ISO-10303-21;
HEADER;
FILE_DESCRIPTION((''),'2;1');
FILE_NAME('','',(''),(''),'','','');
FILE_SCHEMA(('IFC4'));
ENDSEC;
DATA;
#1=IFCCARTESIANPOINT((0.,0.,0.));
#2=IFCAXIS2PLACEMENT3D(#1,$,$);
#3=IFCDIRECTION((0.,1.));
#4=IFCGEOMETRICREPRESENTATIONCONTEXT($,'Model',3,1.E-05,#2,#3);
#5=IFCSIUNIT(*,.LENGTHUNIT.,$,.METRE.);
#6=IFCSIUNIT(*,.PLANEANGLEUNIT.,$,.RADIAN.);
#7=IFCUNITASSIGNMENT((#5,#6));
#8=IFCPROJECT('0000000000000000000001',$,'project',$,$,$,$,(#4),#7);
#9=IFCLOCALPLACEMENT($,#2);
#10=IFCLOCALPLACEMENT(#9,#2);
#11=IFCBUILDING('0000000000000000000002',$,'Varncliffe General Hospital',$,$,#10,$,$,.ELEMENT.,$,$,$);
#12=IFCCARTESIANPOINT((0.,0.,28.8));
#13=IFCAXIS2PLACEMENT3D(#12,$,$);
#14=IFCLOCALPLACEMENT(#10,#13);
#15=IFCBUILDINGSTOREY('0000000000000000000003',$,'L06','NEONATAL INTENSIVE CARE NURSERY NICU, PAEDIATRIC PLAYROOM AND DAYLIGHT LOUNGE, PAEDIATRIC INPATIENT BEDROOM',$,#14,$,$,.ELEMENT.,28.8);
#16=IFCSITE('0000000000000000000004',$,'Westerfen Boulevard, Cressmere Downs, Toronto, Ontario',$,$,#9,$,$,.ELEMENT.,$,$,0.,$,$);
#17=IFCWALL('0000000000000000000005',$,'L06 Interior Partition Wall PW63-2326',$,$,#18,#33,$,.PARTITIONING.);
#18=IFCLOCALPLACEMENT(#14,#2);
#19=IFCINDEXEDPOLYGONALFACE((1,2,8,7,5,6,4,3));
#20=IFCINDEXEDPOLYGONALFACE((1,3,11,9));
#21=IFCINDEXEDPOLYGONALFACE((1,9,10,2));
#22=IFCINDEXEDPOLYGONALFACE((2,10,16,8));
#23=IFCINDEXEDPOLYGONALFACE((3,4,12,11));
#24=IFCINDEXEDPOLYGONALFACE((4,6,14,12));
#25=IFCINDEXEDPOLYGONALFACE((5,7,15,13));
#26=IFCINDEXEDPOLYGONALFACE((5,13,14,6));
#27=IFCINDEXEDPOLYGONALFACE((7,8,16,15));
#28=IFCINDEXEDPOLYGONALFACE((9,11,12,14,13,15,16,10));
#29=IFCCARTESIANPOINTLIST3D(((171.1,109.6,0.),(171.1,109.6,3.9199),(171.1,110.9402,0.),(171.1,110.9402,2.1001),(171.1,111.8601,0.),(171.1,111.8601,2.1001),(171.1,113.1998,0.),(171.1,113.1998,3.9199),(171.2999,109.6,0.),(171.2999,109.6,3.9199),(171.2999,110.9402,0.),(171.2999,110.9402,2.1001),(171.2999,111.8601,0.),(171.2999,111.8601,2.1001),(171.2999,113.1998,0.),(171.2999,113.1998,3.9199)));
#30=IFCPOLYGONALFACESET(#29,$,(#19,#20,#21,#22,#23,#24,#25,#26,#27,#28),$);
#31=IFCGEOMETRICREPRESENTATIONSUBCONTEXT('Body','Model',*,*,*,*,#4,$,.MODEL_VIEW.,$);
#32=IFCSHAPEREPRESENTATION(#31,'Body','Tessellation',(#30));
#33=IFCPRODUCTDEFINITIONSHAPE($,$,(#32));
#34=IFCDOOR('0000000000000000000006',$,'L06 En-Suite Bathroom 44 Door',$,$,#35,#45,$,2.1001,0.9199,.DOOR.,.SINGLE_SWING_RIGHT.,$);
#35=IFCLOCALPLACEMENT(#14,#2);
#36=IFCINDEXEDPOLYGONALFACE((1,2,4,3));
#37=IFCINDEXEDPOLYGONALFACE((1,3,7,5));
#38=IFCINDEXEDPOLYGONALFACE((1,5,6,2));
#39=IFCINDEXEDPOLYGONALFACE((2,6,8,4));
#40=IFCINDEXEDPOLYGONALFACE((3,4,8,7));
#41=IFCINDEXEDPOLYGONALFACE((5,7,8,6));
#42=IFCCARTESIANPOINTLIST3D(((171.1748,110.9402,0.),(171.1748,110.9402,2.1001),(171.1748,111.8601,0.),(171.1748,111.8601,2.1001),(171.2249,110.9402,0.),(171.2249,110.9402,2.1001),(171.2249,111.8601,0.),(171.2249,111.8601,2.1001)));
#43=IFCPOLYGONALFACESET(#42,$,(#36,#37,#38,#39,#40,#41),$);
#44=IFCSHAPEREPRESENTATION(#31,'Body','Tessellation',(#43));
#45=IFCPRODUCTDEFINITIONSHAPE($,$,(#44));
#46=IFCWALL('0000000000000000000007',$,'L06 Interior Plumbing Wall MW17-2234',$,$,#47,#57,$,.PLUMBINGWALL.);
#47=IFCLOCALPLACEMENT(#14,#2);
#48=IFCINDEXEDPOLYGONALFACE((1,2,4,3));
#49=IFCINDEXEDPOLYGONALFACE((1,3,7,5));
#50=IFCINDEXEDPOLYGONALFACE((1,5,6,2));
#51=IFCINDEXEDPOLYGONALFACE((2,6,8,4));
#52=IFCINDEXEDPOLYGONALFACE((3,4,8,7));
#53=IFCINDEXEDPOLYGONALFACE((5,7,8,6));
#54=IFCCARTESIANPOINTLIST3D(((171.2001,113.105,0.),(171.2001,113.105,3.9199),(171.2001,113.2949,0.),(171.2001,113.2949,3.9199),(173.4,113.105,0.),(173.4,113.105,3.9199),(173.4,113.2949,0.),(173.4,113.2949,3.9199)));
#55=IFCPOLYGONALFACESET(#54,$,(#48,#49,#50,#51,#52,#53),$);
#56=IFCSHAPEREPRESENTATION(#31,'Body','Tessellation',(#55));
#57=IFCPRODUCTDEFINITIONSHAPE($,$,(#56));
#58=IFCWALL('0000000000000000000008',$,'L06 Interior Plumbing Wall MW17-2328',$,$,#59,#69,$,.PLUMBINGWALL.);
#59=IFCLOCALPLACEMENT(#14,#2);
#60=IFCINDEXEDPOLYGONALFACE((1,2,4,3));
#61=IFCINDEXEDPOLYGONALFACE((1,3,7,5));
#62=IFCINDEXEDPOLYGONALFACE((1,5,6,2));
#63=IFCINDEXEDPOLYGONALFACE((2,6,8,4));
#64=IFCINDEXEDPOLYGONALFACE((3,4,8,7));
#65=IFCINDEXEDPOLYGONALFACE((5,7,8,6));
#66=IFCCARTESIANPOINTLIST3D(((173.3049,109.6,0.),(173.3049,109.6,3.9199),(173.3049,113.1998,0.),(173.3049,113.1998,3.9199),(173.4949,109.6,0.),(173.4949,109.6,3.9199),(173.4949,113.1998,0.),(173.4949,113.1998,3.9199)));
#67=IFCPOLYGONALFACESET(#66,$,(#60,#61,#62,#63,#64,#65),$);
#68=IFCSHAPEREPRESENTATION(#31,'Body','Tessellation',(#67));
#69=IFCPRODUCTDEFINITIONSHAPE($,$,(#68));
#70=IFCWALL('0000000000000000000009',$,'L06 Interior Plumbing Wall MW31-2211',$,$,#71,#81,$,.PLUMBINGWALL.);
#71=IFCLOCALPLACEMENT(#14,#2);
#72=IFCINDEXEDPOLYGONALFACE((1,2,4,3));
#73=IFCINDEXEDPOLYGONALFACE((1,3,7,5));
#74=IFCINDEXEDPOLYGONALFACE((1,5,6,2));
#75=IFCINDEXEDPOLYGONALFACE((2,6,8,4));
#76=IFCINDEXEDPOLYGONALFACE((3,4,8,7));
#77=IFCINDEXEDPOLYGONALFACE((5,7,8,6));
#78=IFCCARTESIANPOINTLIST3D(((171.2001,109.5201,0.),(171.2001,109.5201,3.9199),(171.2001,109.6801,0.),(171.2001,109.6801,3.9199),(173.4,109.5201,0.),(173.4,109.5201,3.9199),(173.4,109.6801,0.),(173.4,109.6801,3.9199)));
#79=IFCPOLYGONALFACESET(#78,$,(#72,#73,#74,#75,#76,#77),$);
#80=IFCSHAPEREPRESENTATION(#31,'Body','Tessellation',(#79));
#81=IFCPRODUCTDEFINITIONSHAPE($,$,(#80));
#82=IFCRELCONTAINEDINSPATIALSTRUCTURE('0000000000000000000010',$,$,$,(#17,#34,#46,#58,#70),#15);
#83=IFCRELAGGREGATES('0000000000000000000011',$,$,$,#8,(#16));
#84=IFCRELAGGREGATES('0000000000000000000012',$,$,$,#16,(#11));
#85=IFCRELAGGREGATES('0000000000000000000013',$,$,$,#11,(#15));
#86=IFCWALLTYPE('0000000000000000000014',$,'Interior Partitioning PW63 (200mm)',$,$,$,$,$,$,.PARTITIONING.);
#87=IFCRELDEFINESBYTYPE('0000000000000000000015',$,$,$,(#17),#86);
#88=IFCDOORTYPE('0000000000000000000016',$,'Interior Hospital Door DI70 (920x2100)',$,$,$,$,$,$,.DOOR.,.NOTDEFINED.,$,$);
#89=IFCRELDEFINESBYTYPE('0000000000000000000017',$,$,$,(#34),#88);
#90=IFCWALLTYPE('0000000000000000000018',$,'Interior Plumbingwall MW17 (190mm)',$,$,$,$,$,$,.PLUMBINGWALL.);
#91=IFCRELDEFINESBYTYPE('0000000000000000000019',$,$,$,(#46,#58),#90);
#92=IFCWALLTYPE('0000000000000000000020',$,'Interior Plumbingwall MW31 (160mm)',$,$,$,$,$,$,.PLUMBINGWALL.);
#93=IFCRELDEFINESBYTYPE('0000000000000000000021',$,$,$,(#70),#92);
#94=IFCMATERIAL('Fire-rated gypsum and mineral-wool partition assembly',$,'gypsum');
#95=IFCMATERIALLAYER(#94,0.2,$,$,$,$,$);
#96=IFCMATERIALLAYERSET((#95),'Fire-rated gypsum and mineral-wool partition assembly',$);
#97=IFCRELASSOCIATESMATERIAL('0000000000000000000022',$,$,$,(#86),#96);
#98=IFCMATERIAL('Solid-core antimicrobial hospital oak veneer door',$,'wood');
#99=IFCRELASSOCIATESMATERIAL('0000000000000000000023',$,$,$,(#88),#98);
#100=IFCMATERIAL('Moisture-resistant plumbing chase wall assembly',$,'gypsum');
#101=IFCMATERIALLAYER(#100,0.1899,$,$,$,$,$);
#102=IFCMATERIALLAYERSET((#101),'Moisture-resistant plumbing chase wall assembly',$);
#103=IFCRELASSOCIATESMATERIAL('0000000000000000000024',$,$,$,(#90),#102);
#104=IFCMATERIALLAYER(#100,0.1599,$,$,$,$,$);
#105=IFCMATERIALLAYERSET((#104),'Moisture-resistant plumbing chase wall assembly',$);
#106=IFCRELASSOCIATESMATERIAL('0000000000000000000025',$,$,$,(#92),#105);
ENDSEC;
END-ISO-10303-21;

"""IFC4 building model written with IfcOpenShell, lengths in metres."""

from ifc_helpers import new_model, si_unit, direction, frame, frame_2d, origin, place, context, subcontext, project, spatial, rectangle, extrude, material, layer, layer_set, type_object, element, fill, save


model = new_model("IFC4")

# Units and contexts
model_context = context("Model", 3, precision=1e-05, world=origin(), true_north=direction((0.0, 1.0)))
body_context = subcontext(model_context, "Body", "Model", "MODEL_VIEW")
ifc_project = project(units=[si_unit("LENGTHUNIT", "METRE"), si_unit("PLANEANGLEUNIT", "RADIAN")], contexts=[model_context])

# Site, building, storey
site_placement = place(None, origin())
site = spatial("IfcSite", under=ifc_project, at=site_placement, Name="Westerfen Boulevard, Cressmere Downs, Toronto, Ontario", CompositionType="ELEMENT", RefElevation=0.0)
building_placement = place(site_placement, origin())
building = spatial("IfcBuilding", under=site, at=building_placement, Name="Varncliffe General Hospital", CompositionType="ELEMENT")
storey_placement = place(building_placement, frame((0.0, 0.0, 28.8)))
storey = spatial("IfcBuildingStorey", under=building, at=storey_placement, Name="L06", Description="NEONATAL INTENSIVE CARE NURSERY NICU, PAEDIATRIC PLAYROOM AND DAYLIGHT LOUNGE, PAEDIATRIC INPATIENT BEDROOM", CompositionType="ELEMENT", Elevation=28.8)

# Wall, opening, door
ifc_material_1 = material(Name="Fire-rated gypsum and mineral-wool partition assembly", Category="gypsum")
ifc_layer_1 = layer(ifc_material_1, 0.2)
ifc_layer_set_1 = layer_set([ifc_layer_1], Name="Fire-rated gypsum and mineral-wool partition assembly")
wall_type_1 = type_object("IfcWallType", Name="Interior Partitioning PW63 (200mm)", PredefinedType="PARTITIONING", material=ifc_layer_set_1)
wall_1_placement = place(storey_placement, frame((171.2, 109.6001, 0.0), z_axis=(0.0, 0.0, 1.0), x_axis=(0.0, 1.0, 0.0)))
wall_1 = element("IfcWall", 1, at=wall_1_placement, inside=storey, type_object=wall_type_1, Name="L06 Interior Partition Wall PW63-2326", PredefinedType="PARTITIONING", context=body_context, shape_type="SweptSolid", body=[
    extrude(rectangle(XDim=3.5999, YDim=0.2, at=frame_2d((1.7998, 0.0))), origin(), (0.0, 0.0, 1.0), 3.9199),
])
opening_1_placement = place(wall_1_placement, frame((1.3401, 0.0, 0.0)))
opening_1 = element("IfcOpeningElement", 2, at=opening_1_placement, cuts=wall_1, PredefinedType="OPENING", context=body_context, shape_type="SweptSolid", body=[
    extrude(rectangle(XDim=0.9199, YDim=2.1001, at=frame_2d((0.46, 1.05))), frame((0.0, 0.1099, 0.0), z_axis=(0.0, -1.0, 0.0), x_axis=(1.0, 0.0, 0.0)), (0.0, 0.0, 1.0), 0.22),
])
ifc_material_2 = material(Name="Solid-core antimicrobial hospital oak veneer door", Category="wood")
door_type_1 = type_object("IfcDoorType", Name="Interior Hospital Door DI70 (920x2100)", OperationType="NOTDEFINED", PredefinedType="DOOR", material=ifc_material_2)
door_1_placement = place(opening_1_placement, frame((0.9199, 0.0, 0.0), z_axis=(0.0, 0.0, 1.0), x_axis=(-1.0, 0.0, 0.0)))
door_1 = element("IfcDoor", 3, at=door_1_placement, inside=storey, type_object=door_type_1, Name="L06 En-Suite Bathroom 44 Door", OperationType="SINGLE_SWING_RIGHT", OverallHeight=2.1001, OverallWidth=0.9199, PredefinedType="DOOR", context=body_context, shape_type="SweptSolid", body=[
    extrude(rectangle(XDim=0.9199, YDim=2.1001, at=frame_2d((0.46, 1.05))), frame((0.0, 0.0249, 0.0), z_axis=(0.0, -1.0, 0.0), x_axis=(1.0, 0.0, 0.0)), (0.0, 0.0, 1.0), 0.05),
])
fill(opening_1, door_1)

# Walls
ifc_material_3 = material(Name="Moisture-resistant plumbing chase wall assembly", Category="gypsum")
ifc_layer_2 = layer(ifc_material_3, 0.1899)
ifc_layer_set_2 = layer_set([ifc_layer_2], Name="Moisture-resistant plumbing chase wall assembly")
wall_type_2 = type_object("IfcWallType", Name="Interior Plumbingwall MW17 (190mm)", PredefinedType="PLUMBINGWALL", material=ifc_layer_set_2)
wall_2_placement = place(storey_placement, frame((171.2, 113.2, 0.0), z_axis=(0.0, 0.0, 1.0), x_axis=(1.0, 0.0, 0.0)))
element("IfcWall", 4, at=wall_2_placement, inside=storey, type_object=wall_type_2, Name="L06 Interior Plumbing Wall MW17-2234", PredefinedType="PLUMBINGWALL", context=body_context, shape_type="SweptSolid", body=[
    extrude(rectangle(XDim=2.2, YDim=0.1899, at=frame_2d((1.1001, 0.0))), origin(), (0.0, 0.0, 1.0), 3.9199),
])
wall_3_placement = place(storey_placement, frame((173.3999, 109.6001, 0.0), z_axis=(0.0, 0.0, 1.0), x_axis=(0.0, 1.0, 0.0)))
element("IfcWall", 5, at=wall_3_placement, inside=storey, type_object=wall_type_2, Name="L06 Interior Plumbing Wall MW17-2328", PredefinedType="PLUMBINGWALL", context=body_context, shape_type="SweptSolid", body=[
    extrude(rectangle(XDim=3.5999, YDim=0.1899, at=frame_2d((1.7998, 0.0))), origin(), (0.0, 0.0, 1.0), 3.9199),
])
ifc_layer_3 = layer(ifc_material_3, 0.1599)
ifc_layer_set_3 = layer_set([ifc_layer_3], Name="Moisture-resistant plumbing chase wall assembly")
wall_type_3 = type_object("IfcWallType", Name="Interior Plumbingwall MW31 (160mm)", PredefinedType="PLUMBINGWALL", material=ifc_layer_set_3)
wall_4_placement = place(storey_placement, frame((171.2, 109.6001, 0.0), z_axis=(0.0, 0.0, 1.0), x_axis=(1.0, 0.0, 0.0)))
element("IfcWall", 6, at=wall_4_placement, inside=storey, type_object=wall_type_3, Name="L06 Interior Plumbing Wall MW31-2211", PredefinedType="PLUMBINGWALL", context=body_context, shape_type="SweptSolid", body=[
    extrude(rectangle(XDim=2.2, YDim=0.1599, at=frame_2d((1.1001, 0.0))), origin(), (0.0, 0.0, 1.0), 3.9199),
])

save(model, "model.ifc")
